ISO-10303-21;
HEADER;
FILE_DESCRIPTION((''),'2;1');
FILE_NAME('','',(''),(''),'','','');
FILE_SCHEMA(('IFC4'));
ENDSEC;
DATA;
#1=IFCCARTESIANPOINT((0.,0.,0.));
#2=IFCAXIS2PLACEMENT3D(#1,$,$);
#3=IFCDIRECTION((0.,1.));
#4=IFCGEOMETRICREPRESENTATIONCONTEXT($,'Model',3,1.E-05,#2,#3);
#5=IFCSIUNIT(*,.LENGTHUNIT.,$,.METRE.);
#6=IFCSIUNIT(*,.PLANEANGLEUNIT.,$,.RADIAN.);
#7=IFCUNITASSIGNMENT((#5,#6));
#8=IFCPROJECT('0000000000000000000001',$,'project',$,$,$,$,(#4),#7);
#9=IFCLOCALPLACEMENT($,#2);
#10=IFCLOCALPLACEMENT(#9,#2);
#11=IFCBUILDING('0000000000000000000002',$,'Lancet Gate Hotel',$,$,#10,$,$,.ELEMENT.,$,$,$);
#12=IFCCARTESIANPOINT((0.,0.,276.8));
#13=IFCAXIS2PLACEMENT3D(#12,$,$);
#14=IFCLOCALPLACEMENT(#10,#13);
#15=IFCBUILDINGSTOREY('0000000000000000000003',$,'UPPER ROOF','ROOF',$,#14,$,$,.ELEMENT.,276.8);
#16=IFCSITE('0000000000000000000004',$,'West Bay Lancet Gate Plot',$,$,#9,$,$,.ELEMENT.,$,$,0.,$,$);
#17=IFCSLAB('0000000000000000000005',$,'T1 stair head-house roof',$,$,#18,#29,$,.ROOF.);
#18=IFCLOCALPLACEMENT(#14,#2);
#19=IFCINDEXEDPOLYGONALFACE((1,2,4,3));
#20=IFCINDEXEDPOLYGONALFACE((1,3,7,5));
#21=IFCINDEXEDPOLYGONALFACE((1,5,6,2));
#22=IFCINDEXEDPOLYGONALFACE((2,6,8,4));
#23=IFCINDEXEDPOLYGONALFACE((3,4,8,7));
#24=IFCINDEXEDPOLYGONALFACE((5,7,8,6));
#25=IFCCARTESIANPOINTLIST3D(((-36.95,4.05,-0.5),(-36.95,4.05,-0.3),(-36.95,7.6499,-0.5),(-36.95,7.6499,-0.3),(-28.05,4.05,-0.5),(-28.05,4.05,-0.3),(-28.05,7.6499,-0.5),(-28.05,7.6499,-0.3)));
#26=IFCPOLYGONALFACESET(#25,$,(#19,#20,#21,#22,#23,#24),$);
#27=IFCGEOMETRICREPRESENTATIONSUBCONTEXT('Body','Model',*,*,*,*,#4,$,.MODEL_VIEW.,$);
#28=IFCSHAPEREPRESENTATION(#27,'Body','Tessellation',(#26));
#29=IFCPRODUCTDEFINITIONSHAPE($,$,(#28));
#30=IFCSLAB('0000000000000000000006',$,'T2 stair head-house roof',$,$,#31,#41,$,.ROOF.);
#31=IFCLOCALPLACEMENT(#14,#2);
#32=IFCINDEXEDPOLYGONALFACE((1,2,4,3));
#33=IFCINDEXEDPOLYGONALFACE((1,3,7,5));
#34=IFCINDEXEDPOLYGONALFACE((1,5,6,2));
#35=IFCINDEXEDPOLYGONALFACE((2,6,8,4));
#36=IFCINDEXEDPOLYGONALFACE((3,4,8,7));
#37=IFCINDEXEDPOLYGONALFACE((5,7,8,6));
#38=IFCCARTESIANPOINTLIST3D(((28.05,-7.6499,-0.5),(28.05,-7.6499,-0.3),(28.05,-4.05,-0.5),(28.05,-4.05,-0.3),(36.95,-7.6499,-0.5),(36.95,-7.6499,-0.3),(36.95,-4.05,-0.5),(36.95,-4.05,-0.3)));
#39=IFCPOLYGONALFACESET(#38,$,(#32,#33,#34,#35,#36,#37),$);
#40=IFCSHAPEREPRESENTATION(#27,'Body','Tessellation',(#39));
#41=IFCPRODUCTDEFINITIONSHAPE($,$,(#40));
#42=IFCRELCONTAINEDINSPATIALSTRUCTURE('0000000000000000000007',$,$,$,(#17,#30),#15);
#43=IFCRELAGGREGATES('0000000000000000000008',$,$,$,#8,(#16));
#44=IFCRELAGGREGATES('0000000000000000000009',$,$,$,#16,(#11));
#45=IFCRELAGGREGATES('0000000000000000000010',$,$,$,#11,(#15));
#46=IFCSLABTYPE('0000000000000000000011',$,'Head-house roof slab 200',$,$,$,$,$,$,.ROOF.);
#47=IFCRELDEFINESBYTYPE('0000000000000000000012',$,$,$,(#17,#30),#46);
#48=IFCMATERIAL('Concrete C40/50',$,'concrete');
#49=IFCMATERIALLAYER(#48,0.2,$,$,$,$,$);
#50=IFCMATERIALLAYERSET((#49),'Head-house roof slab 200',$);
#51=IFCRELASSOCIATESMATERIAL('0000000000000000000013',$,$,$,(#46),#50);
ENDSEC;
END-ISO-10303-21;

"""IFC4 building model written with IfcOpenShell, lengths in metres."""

from ifc_helpers import new_model, si_unit, direction, frame, origin, place, context, subcontext, project, spatial, polyline, outline, extrude, material, layer, layer_set, type_object, element, save


model = new_model("IFC4")

# Units and contexts
model_context = context("Model", 3, precision=1e-05, world=origin(), true_north=direction((0.0, 1.0)))
body_context = subcontext(model_context, "Body", "Model", "MODEL_VIEW")
ifc_project = project(units=[si_unit("LENGTHUNIT", "METRE"), si_unit("PLANEANGLEUNIT", "RADIAN")], contexts=[model_context])

# Site, building, storey
site_placement = place(None, origin())
site = spatial("IfcSite", under=ifc_project, at=site_placement, Name="West Bay Lancet Gate Plot", CompositionType="ELEMENT", RefElevation=0.0)
building_placement = place(site_placement, origin())
building = spatial("IfcBuilding", under=site, at=building_placement, Name="Lancet Gate Hotel", CompositionType="ELEMENT")
storey_placement = place(building_placement, frame((0.0, 0.0, 276.8)))
storey = spatial("IfcBuildingStorey", under=building, at=storey_placement, Name="UPPER ROOF", Description="ROOF", CompositionType="ELEMENT", Elevation=276.8)

# Slabs
ifc_material = material(Name="Concrete C40/50", Category="concrete")
ifc_layer = layer(ifc_material, 0.2)
ifc_layer_set = layer_set([ifc_layer], Name="Head-house roof slab 200")
slab_type = type_object("IfcSlabType", Name="Head-house roof slab 200", PredefinedType="ROOF", material=ifc_layer_set)
slab_1_placement = place(storey_placement, frame((0.0, 0.0, -0.5)))
element("IfcSlab", 1, at=slab_1_placement, inside=storey, type_object=slab_type, Name="T1 stair head-house roof", PredefinedType="ROOF", context=body_context, shape_type="SweptSolid", body=[
    extrude(outline(polyline([(-36.95, 7.6499), (-36.95, 4.05), (-28.05, 4.05), (-28.05, 7.6499), (-36.95, 7.6499)])), origin(), (0.0, 0.0, 1.0), 0.2),
])
slab_2_placement = place(storey_placement, frame((0.0, 0.0, -0.5)))
element("IfcSlab", 2, at=slab_2_placement, inside=storey, type_object=slab_type, Name="T2 stair head-house roof", PredefinedType="ROOF", context=body_context, shape_type="SweptSolid", body=[
    extrude(outline(polyline([(36.95, -7.6499), (36.95, -4.05), (28.05, -4.05), (28.05, -7.6499), (36.95, -7.6499)])), origin(), (0.0, 0.0, 1.0), 0.2),
])

save(model, "model.ifc")
